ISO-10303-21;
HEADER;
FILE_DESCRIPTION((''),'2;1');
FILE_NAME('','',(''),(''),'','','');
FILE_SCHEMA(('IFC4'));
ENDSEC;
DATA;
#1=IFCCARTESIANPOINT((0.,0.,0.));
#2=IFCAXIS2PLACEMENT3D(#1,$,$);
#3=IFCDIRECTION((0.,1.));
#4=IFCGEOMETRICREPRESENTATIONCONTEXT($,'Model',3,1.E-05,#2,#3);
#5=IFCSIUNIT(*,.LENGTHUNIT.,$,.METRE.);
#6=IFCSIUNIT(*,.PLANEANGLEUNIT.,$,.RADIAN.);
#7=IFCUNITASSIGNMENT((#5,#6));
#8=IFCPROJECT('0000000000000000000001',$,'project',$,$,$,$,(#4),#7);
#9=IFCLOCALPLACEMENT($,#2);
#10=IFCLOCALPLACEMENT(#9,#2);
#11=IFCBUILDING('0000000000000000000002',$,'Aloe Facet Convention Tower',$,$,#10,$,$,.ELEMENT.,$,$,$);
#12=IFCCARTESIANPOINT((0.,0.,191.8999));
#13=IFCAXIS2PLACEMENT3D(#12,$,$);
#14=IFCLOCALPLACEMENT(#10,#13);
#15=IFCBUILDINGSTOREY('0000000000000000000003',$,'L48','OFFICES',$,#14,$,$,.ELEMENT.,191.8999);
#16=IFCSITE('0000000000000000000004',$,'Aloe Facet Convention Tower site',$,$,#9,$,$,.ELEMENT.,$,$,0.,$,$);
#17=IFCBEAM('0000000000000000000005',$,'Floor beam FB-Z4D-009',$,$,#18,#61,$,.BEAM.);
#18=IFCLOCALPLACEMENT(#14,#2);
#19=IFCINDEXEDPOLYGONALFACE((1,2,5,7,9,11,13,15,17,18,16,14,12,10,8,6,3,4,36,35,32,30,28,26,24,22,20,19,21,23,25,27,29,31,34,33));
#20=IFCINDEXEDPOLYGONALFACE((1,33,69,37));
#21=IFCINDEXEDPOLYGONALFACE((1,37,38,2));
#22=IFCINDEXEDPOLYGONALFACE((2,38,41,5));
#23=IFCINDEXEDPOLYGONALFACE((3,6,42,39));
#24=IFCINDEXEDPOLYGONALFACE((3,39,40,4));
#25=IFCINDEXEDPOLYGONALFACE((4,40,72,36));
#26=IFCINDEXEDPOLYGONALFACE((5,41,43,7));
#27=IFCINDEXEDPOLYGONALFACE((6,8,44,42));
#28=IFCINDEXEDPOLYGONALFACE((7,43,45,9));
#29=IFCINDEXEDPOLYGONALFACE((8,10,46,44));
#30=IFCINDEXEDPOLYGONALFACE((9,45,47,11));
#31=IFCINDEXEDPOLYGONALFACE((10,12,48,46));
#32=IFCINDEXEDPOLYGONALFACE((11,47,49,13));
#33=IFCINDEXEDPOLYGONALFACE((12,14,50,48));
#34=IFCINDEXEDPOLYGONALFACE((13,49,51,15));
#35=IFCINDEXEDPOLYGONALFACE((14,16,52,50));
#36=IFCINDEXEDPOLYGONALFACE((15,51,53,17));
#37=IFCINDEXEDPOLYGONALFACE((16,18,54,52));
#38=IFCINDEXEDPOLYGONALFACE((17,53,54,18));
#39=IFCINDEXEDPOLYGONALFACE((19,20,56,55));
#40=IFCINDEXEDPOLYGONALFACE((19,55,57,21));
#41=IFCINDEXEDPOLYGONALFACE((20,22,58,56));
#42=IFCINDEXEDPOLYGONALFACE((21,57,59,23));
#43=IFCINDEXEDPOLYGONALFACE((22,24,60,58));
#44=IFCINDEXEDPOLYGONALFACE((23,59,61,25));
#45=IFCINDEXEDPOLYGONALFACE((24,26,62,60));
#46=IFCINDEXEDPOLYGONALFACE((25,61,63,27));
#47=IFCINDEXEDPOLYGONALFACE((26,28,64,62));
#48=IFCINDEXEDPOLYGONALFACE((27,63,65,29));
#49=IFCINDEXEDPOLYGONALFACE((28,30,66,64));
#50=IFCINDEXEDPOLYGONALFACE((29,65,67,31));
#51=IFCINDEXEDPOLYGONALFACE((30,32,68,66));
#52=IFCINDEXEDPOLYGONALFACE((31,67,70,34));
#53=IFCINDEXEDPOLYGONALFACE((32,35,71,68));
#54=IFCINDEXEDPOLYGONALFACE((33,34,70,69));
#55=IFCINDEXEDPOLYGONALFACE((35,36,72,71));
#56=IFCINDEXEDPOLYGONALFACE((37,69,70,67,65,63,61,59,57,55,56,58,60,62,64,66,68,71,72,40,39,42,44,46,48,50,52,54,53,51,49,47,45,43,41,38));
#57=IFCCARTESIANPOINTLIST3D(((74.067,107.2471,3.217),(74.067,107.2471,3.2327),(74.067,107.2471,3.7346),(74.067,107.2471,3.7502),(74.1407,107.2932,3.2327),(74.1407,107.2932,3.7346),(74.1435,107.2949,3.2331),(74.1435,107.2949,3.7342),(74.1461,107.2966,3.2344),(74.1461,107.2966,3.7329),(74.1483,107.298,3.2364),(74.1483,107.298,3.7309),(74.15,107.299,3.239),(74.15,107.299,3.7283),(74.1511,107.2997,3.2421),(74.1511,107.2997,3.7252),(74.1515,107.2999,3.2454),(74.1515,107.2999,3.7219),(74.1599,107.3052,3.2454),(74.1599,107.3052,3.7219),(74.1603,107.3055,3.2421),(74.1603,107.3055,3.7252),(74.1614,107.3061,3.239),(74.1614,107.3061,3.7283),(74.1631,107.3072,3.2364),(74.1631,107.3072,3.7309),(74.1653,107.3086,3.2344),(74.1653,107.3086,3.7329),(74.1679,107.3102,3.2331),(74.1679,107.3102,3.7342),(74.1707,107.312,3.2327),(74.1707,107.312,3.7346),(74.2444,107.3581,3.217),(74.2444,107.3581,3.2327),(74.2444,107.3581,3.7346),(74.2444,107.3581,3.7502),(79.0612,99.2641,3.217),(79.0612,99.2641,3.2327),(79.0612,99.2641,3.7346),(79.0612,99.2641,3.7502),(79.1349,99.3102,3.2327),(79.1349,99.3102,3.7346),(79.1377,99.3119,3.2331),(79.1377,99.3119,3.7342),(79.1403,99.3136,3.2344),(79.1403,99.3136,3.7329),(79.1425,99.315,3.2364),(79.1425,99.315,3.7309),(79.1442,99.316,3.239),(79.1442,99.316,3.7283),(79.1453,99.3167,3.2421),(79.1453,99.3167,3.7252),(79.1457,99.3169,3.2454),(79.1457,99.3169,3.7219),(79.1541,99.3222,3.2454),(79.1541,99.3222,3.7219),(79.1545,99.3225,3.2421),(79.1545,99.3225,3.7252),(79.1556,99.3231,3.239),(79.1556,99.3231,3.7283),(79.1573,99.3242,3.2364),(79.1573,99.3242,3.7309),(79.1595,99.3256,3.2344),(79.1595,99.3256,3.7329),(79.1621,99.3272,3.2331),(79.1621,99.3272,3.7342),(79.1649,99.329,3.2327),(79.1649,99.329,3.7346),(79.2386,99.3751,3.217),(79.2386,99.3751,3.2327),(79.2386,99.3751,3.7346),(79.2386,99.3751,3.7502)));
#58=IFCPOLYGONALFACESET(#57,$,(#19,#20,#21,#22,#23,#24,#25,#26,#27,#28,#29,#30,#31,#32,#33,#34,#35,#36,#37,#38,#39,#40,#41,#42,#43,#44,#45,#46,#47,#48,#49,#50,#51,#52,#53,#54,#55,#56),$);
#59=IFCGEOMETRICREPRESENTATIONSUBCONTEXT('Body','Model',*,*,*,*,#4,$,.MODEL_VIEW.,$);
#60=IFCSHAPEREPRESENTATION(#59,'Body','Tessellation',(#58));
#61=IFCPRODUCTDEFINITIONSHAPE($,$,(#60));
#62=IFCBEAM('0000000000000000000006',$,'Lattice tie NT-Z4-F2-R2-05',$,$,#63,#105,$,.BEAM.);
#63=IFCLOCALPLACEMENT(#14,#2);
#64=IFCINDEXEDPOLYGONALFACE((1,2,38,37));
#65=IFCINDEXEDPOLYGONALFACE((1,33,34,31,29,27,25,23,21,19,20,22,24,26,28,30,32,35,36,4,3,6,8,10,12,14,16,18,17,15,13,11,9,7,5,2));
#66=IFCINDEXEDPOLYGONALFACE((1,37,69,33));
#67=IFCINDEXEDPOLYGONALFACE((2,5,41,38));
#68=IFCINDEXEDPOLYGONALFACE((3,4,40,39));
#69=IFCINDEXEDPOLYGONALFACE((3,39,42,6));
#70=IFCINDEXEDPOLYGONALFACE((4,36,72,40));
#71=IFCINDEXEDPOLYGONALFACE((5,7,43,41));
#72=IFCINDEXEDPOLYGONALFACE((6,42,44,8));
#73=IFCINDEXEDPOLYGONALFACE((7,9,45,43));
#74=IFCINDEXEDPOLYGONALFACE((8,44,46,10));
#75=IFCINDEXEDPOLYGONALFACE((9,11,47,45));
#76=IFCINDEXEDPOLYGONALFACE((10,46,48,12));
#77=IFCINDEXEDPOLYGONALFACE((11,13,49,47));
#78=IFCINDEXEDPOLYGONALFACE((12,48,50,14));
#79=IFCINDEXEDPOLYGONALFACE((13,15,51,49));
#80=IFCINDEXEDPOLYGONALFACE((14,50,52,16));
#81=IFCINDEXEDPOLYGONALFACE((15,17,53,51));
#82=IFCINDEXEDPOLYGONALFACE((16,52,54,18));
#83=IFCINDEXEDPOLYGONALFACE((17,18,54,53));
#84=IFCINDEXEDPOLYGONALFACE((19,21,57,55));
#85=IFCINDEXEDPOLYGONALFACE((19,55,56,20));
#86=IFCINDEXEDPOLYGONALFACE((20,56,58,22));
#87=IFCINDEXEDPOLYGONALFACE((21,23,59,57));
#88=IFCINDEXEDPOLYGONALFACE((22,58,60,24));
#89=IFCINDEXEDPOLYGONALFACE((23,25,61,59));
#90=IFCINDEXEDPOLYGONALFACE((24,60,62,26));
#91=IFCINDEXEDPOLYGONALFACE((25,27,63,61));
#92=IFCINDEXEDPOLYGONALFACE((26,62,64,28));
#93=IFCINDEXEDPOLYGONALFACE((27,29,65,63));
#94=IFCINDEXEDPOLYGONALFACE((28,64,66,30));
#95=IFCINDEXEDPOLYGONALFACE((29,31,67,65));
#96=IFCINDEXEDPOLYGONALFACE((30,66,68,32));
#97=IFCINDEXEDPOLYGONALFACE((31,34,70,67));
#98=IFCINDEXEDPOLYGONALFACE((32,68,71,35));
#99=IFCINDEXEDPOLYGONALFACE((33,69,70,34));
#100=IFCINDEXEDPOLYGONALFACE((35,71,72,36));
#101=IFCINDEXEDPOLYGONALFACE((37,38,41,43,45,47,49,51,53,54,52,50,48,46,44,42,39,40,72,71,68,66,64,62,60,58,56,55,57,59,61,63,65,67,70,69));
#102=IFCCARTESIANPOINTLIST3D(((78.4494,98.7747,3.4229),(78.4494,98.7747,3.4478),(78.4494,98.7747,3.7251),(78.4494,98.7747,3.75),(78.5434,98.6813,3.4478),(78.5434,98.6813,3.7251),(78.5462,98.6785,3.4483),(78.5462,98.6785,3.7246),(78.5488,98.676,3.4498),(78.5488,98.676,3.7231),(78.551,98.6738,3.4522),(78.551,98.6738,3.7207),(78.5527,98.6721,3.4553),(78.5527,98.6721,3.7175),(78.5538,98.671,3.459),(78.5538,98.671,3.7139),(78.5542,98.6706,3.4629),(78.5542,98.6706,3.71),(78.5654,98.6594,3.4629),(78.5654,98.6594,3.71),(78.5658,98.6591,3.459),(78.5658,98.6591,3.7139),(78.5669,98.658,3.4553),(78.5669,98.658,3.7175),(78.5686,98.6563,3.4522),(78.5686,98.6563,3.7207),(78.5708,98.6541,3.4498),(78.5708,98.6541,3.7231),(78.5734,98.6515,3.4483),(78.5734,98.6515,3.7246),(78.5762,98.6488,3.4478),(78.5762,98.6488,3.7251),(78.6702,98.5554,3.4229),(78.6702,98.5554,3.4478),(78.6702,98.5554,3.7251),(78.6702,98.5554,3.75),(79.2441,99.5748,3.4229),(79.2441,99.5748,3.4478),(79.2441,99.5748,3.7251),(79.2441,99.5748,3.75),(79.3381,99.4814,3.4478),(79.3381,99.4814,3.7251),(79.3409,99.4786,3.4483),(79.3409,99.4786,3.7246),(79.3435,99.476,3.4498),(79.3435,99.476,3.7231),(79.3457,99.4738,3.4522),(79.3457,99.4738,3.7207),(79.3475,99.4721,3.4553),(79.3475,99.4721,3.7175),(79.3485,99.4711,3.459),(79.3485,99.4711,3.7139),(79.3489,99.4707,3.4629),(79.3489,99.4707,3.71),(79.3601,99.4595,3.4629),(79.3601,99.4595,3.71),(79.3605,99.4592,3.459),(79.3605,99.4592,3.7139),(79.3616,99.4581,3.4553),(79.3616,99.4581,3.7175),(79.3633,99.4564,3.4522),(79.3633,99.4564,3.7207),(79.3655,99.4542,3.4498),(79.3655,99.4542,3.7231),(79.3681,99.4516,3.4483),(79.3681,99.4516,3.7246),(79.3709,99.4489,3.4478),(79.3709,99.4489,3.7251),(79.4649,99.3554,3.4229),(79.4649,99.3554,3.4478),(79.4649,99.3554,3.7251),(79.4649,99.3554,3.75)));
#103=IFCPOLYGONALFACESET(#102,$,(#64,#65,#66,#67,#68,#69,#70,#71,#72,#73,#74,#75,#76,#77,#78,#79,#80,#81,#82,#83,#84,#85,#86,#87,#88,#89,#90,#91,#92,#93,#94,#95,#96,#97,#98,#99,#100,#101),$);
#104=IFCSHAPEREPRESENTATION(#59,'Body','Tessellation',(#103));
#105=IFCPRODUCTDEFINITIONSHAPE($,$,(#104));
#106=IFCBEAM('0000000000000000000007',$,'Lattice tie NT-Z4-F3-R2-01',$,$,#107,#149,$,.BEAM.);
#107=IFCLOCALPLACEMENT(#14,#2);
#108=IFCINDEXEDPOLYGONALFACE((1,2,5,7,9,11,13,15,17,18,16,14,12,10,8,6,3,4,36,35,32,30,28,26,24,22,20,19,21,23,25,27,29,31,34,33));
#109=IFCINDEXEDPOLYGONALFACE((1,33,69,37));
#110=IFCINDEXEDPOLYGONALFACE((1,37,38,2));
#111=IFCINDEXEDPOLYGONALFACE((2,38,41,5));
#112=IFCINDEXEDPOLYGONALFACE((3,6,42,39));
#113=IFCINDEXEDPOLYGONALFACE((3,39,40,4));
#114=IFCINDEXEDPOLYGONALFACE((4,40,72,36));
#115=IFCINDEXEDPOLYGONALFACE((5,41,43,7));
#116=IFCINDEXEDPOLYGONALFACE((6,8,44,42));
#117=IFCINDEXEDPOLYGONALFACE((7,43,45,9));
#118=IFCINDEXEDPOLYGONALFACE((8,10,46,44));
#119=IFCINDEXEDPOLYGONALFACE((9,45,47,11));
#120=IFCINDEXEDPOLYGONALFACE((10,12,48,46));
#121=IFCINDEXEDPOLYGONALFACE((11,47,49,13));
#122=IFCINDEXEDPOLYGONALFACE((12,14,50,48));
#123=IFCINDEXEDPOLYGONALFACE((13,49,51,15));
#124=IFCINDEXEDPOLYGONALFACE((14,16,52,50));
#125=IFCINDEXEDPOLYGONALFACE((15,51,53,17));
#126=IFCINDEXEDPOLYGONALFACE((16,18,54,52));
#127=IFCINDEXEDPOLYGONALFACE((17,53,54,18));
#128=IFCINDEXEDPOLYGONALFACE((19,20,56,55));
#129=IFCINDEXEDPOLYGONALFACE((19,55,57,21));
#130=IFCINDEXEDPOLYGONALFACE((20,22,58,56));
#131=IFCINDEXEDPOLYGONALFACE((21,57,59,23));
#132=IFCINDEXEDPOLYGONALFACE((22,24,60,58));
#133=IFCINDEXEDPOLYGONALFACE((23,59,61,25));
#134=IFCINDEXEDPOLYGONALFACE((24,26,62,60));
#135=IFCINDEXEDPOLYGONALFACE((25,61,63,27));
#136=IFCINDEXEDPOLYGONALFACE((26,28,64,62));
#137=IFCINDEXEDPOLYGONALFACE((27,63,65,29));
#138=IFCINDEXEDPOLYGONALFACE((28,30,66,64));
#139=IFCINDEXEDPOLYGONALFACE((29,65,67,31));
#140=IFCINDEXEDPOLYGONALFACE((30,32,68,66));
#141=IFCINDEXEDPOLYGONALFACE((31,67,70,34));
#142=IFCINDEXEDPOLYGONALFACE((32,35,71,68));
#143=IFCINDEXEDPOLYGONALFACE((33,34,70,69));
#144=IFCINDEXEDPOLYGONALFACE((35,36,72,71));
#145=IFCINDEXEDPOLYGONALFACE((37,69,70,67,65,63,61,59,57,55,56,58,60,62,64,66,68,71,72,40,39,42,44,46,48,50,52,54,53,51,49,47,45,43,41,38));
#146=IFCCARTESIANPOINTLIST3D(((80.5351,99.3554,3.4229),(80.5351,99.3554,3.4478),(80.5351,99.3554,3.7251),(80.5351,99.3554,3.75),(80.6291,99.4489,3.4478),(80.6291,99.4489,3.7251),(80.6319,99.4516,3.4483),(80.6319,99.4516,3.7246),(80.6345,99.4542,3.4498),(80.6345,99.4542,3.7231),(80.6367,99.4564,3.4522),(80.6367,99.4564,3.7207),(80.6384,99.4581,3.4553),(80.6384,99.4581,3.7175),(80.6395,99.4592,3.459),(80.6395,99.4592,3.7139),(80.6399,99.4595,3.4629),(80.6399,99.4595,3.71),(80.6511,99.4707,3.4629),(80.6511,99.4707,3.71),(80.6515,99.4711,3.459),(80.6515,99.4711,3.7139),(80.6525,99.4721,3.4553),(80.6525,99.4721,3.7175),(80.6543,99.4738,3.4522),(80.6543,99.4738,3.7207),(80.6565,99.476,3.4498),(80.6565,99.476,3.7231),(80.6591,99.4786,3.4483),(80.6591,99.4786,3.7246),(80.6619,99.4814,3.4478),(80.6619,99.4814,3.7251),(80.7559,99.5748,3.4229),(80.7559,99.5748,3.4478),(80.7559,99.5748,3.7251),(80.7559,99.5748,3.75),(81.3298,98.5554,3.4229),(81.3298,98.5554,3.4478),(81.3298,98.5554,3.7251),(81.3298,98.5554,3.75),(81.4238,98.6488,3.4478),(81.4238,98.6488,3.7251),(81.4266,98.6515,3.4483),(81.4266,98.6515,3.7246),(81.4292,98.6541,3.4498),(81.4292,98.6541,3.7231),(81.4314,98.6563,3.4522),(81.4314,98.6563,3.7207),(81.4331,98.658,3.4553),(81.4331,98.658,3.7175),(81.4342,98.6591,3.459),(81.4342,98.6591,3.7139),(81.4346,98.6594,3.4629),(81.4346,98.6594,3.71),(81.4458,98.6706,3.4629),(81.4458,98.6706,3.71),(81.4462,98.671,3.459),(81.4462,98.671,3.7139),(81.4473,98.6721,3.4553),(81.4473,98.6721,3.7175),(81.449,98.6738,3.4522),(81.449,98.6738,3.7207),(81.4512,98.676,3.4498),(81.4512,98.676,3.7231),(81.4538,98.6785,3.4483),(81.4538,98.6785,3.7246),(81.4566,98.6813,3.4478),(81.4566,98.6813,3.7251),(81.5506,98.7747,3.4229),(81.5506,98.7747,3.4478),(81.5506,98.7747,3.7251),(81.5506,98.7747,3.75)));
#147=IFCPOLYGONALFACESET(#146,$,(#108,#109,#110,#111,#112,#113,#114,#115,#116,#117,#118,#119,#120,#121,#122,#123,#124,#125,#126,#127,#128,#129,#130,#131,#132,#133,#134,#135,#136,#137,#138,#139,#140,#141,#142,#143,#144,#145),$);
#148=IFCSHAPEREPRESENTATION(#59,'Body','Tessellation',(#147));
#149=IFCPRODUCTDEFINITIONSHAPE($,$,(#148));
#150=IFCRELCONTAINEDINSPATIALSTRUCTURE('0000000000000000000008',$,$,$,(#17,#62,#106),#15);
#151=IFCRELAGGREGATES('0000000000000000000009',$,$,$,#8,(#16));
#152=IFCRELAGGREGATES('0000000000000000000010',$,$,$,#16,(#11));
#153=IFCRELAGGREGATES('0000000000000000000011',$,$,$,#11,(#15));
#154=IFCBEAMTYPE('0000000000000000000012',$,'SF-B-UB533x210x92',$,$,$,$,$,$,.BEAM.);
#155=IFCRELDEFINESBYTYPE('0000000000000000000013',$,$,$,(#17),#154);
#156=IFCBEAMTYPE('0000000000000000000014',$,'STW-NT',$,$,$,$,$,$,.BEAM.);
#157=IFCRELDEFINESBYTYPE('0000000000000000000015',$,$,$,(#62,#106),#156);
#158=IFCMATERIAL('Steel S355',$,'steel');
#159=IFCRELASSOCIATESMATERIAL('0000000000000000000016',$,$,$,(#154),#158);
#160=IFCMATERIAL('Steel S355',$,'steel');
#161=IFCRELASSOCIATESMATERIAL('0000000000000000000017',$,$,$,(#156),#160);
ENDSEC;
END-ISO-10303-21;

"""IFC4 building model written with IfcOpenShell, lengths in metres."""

from ifc_helpers import new_model, si_unit, direction, frame, origin, origin_2d, place, context, subcontext, project, spatial, i_section, extrude, material, material_profile, profile_set, type_object, element, save


model = new_model("IFC4")

# Units and contexts
model_context = context("Model", 3, precision=1e-05, world=origin(), true_north=direction((0.0, 1.0)))
body_context = subcontext(model_context, "Body", "Model", "MODEL_VIEW")
ifc_project = project(units=[si_unit("LENGTHUNIT", "METRE"), si_unit("PLANEANGLEUNIT", "RADIAN")], contexts=[model_context])

# Site, building, storey
site_placement = place(None, origin())
site = spatial("IfcSite", under=ifc_project, at=site_placement, Name="Aloe Facet Convention Tower site", CompositionType="ELEMENT", RefElevation=0.0)
building_placement = place(site_placement, origin())
building = spatial("IfcBuilding", under=site, at=building_placement, Name="Aloe Facet Convention Tower", CompositionType="ELEMENT")
storey_placement = place(building_placement, frame((0.0, 0.0, 191.8999)))
storey = spatial("IfcBuildingStorey", under=building, at=storey_placement, Name="L48", Description="OFFICES", CompositionType="ELEMENT", Elevation=191.8999)

# Beams
ifc_material_1 = material(Name="Steel S355", Category="steel")
ifc_material_profile_1 = material_profile(ifc_material_1, i_section(OverallWidth=0.2092, OverallDepth=0.5332, WebThickness=0.01, FlangeThickness=0.0156, FilletRadius=0.0127, at=origin_2d()), Name="UB 533x210x92")
ifc_profile_set_1 = profile_set([ifc_material_profile_1], Name="Steel S355")
beam_type_1 = type_object("IfcBeamType", Name="SF-B-UB533x210x92", PredefinedType="BEAM", material=ifc_profile_set_1)
beam_placement = place(storey_placement, frame((79.1499, 99.3196, 3.4836), z_axis=(-0.530367, 0.847768, 0.0), x_axis=(-0.847768, -0.530367, 0.0)))
element("IfcBeam", 1, at=beam_placement, inside=storey, type_object=beam_type_1, Name="Floor beam FB-Z4D-009", PredefinedType="BEAM", context=body_context, shape_type="SweptSolid", body=[
    extrude(i_section(OverallWidth=0.2092, OverallDepth=0.5332, WebThickness=0.01, FlangeThickness=0.0156, FilletRadius=0.0127, at=origin_2d()), origin(), (0.0, 0.0, 1.0), 9.4165),
])
ifc_material_2 = material(Name="Steel S355", Category="steel")
ifc_material_profile_2 = material_profile(ifc_material_2, i_section(OverallWidth=0.3113, OverallDepth=0.3271, WebThickness=0.0159, FlangeThickness=0.0249, FilletRadius=0.0151, at=origin_2d()), Name="UC 305x305x158")
ifc_profile_set_2 = profile_set([ifc_material_profile_2], Name="Steel S355")
beam_type_2 = type_object("IfcBeamType", Name="STW-NT", PredefinedType="BEAM", material=ifc_profile_set_2)
for number, where, z_axis, x_axis, name in (
    (2, (78.5598, 98.665, 3.5864), (0.704721, 0.709484, 0.0), (-0.709484, 0.704721, 0.0), "Lattice tie NT-Z4-F2-R2-05"),
    (3, (81.4402, 98.665, 3.5864), (-0.704721, 0.709484, 0.0), (-0.709484, -0.704721, 0.0), "Lattice tie NT-Z4-F3-R2-01"),
):
    element("IfcBeam", number, at=place(storey_placement, frame(where, z_axis=z_axis, x_axis=x_axis)), inside=storey, type_object=beam_type_2, Name=name, PredefinedType="BEAM", context=body_context, shape_type="SweptSolid", body=[
        extrude(i_section(OverallWidth=0.3113, OverallDepth=0.3271, WebThickness=0.0159, FlangeThickness=0.0249, FilletRadius=0.0151, at=origin_2d()), origin(), (0.0, 0.0, 1.0), 1.1277),
    ])

save(model, "model.ifc")
